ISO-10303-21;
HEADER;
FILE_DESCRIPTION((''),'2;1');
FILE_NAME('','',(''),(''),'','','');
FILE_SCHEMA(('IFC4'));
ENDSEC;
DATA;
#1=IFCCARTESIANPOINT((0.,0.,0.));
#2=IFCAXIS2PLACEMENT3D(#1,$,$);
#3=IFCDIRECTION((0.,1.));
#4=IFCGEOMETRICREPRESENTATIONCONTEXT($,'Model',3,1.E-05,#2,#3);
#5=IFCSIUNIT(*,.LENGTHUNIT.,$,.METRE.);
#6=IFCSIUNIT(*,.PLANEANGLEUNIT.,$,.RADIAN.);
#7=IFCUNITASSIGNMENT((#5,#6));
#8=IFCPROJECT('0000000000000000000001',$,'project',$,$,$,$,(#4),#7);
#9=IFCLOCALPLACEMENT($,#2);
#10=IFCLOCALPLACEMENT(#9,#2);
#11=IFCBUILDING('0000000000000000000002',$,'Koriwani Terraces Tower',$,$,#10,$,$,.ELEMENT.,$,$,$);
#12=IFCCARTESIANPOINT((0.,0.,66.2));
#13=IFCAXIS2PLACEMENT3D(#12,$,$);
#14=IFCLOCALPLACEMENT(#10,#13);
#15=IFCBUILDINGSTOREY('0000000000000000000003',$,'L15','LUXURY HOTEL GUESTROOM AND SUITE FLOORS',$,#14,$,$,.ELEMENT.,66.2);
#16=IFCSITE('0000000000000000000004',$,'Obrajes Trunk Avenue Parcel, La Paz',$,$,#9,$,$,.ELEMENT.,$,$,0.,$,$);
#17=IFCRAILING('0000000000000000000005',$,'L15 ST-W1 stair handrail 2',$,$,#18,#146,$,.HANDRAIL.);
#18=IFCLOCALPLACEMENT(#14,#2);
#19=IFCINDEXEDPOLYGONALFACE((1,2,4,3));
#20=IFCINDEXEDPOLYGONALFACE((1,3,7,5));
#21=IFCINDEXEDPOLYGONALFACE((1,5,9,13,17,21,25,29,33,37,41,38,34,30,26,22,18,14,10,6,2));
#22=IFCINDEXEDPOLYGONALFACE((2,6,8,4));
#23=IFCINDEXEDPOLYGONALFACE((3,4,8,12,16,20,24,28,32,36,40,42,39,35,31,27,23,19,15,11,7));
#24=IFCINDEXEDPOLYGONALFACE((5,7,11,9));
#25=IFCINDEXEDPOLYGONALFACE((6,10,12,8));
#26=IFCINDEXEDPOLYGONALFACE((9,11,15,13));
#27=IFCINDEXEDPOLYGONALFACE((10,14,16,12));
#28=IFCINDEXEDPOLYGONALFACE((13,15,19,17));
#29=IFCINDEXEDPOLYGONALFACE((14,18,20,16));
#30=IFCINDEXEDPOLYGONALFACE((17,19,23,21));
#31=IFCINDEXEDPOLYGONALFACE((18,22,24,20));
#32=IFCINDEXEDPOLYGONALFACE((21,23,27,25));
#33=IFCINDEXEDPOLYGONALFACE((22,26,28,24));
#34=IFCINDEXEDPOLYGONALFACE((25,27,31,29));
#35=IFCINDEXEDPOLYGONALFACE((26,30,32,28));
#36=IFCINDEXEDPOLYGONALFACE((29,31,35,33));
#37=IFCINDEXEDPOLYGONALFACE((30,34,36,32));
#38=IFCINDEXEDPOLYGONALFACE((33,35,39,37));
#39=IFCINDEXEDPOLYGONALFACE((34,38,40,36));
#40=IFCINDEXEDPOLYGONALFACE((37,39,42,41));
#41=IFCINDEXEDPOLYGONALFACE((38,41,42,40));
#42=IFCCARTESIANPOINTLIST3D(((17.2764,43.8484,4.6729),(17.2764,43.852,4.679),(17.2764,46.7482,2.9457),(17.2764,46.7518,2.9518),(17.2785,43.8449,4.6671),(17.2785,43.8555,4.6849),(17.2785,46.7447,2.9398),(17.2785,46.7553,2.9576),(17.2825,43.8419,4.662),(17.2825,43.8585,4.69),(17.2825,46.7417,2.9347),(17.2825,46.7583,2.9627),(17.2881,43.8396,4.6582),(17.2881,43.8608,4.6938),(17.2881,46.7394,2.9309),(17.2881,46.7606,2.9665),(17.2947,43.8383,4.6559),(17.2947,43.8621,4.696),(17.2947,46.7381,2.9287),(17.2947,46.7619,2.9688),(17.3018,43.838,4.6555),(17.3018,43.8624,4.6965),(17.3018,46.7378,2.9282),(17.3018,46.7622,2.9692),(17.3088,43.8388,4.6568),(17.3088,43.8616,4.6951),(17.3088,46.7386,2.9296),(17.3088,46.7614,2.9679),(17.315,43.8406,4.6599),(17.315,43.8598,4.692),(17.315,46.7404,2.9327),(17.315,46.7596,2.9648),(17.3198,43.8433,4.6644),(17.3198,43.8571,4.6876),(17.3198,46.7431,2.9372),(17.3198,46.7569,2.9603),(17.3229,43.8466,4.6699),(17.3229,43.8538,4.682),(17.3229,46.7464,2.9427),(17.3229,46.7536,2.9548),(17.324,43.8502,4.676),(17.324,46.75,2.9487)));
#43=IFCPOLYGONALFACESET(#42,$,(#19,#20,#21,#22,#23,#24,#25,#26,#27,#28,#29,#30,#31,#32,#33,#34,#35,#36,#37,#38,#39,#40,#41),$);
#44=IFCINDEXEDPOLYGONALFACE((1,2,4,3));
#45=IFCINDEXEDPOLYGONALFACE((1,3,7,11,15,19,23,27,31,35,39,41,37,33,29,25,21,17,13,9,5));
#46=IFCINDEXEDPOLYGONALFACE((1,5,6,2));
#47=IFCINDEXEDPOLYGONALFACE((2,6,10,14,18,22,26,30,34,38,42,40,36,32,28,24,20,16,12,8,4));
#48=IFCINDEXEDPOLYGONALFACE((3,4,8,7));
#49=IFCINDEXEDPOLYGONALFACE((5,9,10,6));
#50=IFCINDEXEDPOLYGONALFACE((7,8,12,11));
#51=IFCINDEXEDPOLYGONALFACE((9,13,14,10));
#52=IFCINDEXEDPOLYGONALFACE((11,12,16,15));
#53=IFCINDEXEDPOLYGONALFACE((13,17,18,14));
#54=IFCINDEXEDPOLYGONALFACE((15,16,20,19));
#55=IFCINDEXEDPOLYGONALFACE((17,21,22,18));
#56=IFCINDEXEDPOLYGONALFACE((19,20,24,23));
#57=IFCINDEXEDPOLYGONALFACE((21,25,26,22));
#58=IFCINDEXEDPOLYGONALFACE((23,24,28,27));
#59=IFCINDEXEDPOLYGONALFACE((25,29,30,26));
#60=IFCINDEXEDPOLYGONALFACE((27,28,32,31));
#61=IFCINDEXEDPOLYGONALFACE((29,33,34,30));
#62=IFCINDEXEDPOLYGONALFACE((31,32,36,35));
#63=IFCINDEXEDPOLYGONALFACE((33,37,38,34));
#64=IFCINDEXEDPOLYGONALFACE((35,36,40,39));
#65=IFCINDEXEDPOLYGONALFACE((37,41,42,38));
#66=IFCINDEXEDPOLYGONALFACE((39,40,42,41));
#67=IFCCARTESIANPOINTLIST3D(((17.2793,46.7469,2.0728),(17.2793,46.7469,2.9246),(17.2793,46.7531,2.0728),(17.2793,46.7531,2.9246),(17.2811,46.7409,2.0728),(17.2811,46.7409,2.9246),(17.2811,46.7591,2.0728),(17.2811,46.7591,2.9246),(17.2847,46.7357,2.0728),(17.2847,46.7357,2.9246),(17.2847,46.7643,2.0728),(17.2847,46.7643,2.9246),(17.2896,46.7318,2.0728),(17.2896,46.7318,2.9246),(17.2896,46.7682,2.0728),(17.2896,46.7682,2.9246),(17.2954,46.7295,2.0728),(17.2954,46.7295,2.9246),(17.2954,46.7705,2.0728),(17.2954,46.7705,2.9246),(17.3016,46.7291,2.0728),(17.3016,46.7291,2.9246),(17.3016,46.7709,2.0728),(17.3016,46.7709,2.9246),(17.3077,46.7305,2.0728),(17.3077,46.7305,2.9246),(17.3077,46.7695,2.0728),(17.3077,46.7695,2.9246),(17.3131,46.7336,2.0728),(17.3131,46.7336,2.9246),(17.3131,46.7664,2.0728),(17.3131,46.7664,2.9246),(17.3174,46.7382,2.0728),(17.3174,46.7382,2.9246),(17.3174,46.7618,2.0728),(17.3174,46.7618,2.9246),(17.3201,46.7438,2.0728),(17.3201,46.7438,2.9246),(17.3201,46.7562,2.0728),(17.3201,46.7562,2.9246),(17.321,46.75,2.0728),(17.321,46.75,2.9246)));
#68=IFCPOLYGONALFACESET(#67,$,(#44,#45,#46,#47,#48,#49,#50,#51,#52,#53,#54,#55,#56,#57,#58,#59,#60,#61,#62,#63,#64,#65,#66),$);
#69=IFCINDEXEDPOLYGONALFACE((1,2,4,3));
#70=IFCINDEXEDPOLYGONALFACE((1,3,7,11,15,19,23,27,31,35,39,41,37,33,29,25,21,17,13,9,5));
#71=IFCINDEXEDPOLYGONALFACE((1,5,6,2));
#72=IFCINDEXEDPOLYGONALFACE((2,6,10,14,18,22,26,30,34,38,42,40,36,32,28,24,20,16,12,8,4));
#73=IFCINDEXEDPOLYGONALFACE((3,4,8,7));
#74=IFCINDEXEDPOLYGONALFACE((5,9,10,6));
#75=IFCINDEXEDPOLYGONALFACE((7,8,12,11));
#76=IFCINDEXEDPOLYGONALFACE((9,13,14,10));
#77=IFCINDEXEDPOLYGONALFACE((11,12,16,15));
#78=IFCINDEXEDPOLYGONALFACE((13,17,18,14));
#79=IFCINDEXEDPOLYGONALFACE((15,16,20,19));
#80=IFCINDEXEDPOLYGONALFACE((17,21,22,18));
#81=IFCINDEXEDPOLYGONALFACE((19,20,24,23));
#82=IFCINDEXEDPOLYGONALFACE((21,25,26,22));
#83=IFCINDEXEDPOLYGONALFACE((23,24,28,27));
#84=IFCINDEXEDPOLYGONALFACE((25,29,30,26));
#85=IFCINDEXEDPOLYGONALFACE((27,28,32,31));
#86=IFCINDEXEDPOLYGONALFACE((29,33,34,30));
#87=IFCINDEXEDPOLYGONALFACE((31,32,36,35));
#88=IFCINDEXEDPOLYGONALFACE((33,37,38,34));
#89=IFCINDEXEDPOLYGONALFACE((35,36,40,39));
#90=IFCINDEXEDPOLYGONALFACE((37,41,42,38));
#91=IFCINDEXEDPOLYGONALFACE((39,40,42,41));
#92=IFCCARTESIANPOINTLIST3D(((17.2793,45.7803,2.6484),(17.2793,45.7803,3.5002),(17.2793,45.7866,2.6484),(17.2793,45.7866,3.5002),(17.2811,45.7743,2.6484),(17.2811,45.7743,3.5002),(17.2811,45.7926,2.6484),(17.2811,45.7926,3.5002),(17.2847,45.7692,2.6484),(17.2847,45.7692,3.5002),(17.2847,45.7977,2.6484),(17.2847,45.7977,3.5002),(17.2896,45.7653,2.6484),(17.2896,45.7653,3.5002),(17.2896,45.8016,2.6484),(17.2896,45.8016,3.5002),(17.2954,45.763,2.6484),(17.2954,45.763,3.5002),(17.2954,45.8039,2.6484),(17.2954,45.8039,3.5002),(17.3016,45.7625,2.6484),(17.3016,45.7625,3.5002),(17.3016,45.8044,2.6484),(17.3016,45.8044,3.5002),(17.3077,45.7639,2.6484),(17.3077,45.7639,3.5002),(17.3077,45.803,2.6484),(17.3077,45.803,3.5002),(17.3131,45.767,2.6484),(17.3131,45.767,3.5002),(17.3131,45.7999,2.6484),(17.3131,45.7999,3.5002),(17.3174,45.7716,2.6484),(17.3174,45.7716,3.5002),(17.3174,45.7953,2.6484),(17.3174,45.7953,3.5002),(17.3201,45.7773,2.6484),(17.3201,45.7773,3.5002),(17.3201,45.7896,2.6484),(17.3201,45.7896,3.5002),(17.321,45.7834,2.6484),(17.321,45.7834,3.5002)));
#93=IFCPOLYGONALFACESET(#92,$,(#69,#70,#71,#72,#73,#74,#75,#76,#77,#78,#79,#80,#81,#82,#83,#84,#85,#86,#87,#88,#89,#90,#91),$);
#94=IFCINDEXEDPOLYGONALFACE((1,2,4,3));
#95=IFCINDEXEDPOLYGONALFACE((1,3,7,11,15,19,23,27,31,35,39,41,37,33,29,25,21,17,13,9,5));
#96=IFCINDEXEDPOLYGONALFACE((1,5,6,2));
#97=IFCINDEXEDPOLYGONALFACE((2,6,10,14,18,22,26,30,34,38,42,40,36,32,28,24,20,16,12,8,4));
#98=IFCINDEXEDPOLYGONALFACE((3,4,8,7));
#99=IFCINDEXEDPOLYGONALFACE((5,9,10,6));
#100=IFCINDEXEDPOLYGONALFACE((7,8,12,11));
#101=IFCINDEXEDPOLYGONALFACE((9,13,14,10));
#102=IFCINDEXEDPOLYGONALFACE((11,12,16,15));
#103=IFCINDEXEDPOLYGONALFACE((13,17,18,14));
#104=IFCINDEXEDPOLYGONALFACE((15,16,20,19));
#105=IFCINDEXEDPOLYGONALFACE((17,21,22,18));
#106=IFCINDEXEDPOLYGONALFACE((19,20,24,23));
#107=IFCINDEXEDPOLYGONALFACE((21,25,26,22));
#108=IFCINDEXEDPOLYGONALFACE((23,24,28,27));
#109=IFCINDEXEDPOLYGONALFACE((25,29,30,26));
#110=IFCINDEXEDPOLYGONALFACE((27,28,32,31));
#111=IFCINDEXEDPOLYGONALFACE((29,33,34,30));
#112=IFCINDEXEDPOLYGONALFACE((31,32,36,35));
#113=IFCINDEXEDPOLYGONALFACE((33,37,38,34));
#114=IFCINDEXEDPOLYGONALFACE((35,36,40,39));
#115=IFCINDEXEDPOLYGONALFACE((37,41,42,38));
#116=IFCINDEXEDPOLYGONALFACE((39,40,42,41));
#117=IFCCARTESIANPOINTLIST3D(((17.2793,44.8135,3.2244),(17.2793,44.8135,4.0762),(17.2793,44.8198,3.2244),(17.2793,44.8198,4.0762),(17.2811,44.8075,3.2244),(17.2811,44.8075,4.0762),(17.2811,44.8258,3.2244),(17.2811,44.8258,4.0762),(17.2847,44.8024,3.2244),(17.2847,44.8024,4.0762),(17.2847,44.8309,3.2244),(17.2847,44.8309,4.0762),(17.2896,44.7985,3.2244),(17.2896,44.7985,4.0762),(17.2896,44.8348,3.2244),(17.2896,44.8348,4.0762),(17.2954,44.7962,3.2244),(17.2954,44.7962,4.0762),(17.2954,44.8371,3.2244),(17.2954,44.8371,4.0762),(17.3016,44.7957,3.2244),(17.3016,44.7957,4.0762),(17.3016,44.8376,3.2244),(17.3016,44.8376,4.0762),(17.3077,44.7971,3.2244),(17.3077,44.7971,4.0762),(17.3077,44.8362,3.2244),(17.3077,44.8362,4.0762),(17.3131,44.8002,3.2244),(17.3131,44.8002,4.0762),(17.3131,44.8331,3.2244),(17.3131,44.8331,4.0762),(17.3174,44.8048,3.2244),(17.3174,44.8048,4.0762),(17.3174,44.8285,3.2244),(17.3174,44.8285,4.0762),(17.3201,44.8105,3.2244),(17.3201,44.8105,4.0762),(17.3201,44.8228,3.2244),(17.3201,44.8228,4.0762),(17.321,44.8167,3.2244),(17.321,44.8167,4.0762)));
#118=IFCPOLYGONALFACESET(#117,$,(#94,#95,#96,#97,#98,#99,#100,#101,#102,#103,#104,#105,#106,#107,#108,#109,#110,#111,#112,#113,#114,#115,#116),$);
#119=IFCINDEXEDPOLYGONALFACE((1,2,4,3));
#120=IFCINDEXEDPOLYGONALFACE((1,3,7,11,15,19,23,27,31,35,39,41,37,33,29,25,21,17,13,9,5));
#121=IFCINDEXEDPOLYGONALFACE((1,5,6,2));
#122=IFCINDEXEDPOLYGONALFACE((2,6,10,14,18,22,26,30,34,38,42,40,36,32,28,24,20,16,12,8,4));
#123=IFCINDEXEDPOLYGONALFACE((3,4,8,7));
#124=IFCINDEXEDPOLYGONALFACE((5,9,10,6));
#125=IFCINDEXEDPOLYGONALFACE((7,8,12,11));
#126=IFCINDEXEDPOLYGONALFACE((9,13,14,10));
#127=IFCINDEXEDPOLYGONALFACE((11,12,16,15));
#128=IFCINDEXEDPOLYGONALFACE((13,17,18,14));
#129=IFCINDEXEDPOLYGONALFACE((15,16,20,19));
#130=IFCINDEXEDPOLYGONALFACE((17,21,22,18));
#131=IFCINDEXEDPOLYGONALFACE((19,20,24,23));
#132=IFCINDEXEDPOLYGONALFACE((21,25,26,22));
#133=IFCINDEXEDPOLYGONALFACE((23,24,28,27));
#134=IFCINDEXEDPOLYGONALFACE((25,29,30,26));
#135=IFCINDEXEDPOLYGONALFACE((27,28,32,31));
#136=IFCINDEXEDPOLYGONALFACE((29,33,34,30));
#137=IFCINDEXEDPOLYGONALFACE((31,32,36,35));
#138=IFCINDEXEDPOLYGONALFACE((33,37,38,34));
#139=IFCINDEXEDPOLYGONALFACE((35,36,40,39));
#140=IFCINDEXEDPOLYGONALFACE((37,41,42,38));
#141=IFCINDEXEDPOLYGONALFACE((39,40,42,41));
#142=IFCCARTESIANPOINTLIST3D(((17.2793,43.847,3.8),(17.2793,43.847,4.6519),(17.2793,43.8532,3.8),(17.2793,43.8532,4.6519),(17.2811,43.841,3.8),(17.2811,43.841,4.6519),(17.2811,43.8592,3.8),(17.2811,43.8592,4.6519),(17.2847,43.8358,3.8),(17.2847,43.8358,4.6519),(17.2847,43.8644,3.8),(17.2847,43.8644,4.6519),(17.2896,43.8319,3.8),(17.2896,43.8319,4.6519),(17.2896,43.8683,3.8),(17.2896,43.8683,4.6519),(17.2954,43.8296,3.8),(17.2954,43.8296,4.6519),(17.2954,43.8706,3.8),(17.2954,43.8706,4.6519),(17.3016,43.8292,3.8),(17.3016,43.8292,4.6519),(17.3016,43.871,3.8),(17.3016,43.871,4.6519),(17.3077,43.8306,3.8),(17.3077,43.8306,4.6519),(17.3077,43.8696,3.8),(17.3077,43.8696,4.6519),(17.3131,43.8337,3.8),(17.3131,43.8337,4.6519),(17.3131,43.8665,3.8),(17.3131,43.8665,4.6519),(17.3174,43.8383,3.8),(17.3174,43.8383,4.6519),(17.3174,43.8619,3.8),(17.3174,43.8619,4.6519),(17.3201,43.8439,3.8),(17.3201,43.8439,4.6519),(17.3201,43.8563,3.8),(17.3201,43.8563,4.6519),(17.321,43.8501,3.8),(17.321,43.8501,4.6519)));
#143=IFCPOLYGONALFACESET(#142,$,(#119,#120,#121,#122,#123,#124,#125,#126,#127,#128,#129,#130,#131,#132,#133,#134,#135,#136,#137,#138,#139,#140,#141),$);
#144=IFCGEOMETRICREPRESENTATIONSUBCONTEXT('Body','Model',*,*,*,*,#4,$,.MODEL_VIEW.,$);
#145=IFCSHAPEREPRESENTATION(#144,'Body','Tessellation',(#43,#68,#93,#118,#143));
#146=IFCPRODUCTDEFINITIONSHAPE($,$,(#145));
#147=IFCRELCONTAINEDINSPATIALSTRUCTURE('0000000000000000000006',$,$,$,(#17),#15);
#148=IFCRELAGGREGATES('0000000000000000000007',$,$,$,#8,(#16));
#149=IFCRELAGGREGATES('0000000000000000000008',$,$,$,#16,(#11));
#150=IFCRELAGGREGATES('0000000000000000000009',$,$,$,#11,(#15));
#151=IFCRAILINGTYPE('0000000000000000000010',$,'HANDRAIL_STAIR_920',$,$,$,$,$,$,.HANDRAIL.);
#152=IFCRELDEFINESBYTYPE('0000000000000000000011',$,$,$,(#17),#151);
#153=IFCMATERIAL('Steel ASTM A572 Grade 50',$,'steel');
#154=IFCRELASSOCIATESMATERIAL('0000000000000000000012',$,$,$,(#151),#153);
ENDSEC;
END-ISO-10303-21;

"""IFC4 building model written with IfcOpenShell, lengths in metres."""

from ifc_helpers import new_model, si_unit, direction, frame, origin, origin_2d, place, context, subcontext, project, spatial, circle, extrude, material, type_object, element, save


model = new_model("IFC4")

# Units and contexts
model_context = context("Model", 3, precision=1e-05, world=origin(), true_north=direction((0.0, 1.0)))
body_context = subcontext(model_context, "Body", "Model", "MODEL_VIEW")
ifc_project = project(units=[si_unit("LENGTHUNIT", "METRE"), si_unit("PLANEANGLEUNIT", "RADIAN")], contexts=[model_context])

# Site, building, storey
site_placement = place(None, origin())
site = spatial("IfcSite", under=ifc_project, at=site_placement, Name="Obrajes Trunk Avenue Parcel, La Paz", CompositionType="ELEMENT", RefElevation=0.0)
building_placement = place(site_placement, origin())
building = spatial("IfcBuilding", under=site, at=building_placement, Name="Koriwani Terraces Tower", CompositionType="ELEMENT")
storey_placement = place(building_placement, frame((0.0, 0.0, 66.2)))
storey = spatial("IfcBuildingStorey", under=building, at=storey_placement, Name="L15", Description="LUXURY HOTEL GUESTROOM AND SUITE FLOORS", CompositionType="ELEMENT", Elevation=66.2)

# Shared definitions
ifc_material_1 = material(Name="Steel ASTM A572 Grade 50", Category="steel")

# Railing
railing_type_1 = type_object("IfcRailingType", Name="HANDRAIL_STAIR_920", PredefinedType="HANDRAIL", material=ifc_material_1)
for number, where, name in (
    (1, (17.3, 46.75, 2.0728), "L15 ST-W1 stair handrail 2"),
):
    element("IfcRailing", number, at=place(storey_placement, frame(where)), inside=storey, type_object=railing_type_1, Name=name, PredefinedType="HANDRAIL", context=body_context, shape_type="SweptSolid", body=[
        extrude(circle(Radius=0.0239, at=origin_2d()), frame((0.0, 0.0, 0.876), z_axis=(0.0, -0.859141, 0.511738), x_axis=(1.0, 0.0, 0.0)), (0.0, 0.0, 1.0), 3.3752),
        extrude(circle(Radius=0.021, at=origin_2d()), origin(), (0.0, 0.0, 1.0), 0.8518),
        extrude(circle(Radius=0.021, at=origin_2d()), frame((0.0, -0.9666, 0.5757)), (0.0, 0.0, 1.0), 0.8518),
        extrude(circle(Radius=0.021, at=origin_2d()), frame((0.0, -1.9333, 1.1516)), (0.0, 0.0, 1.0), 0.8518),
        extrude(circle(Radius=0.021, at=origin_2d()), frame((0.0, -2.8999, 1.7273)), (0.0, 0.0, 1.0), 0.8518),
    ])

save(model, "model.ifc")
